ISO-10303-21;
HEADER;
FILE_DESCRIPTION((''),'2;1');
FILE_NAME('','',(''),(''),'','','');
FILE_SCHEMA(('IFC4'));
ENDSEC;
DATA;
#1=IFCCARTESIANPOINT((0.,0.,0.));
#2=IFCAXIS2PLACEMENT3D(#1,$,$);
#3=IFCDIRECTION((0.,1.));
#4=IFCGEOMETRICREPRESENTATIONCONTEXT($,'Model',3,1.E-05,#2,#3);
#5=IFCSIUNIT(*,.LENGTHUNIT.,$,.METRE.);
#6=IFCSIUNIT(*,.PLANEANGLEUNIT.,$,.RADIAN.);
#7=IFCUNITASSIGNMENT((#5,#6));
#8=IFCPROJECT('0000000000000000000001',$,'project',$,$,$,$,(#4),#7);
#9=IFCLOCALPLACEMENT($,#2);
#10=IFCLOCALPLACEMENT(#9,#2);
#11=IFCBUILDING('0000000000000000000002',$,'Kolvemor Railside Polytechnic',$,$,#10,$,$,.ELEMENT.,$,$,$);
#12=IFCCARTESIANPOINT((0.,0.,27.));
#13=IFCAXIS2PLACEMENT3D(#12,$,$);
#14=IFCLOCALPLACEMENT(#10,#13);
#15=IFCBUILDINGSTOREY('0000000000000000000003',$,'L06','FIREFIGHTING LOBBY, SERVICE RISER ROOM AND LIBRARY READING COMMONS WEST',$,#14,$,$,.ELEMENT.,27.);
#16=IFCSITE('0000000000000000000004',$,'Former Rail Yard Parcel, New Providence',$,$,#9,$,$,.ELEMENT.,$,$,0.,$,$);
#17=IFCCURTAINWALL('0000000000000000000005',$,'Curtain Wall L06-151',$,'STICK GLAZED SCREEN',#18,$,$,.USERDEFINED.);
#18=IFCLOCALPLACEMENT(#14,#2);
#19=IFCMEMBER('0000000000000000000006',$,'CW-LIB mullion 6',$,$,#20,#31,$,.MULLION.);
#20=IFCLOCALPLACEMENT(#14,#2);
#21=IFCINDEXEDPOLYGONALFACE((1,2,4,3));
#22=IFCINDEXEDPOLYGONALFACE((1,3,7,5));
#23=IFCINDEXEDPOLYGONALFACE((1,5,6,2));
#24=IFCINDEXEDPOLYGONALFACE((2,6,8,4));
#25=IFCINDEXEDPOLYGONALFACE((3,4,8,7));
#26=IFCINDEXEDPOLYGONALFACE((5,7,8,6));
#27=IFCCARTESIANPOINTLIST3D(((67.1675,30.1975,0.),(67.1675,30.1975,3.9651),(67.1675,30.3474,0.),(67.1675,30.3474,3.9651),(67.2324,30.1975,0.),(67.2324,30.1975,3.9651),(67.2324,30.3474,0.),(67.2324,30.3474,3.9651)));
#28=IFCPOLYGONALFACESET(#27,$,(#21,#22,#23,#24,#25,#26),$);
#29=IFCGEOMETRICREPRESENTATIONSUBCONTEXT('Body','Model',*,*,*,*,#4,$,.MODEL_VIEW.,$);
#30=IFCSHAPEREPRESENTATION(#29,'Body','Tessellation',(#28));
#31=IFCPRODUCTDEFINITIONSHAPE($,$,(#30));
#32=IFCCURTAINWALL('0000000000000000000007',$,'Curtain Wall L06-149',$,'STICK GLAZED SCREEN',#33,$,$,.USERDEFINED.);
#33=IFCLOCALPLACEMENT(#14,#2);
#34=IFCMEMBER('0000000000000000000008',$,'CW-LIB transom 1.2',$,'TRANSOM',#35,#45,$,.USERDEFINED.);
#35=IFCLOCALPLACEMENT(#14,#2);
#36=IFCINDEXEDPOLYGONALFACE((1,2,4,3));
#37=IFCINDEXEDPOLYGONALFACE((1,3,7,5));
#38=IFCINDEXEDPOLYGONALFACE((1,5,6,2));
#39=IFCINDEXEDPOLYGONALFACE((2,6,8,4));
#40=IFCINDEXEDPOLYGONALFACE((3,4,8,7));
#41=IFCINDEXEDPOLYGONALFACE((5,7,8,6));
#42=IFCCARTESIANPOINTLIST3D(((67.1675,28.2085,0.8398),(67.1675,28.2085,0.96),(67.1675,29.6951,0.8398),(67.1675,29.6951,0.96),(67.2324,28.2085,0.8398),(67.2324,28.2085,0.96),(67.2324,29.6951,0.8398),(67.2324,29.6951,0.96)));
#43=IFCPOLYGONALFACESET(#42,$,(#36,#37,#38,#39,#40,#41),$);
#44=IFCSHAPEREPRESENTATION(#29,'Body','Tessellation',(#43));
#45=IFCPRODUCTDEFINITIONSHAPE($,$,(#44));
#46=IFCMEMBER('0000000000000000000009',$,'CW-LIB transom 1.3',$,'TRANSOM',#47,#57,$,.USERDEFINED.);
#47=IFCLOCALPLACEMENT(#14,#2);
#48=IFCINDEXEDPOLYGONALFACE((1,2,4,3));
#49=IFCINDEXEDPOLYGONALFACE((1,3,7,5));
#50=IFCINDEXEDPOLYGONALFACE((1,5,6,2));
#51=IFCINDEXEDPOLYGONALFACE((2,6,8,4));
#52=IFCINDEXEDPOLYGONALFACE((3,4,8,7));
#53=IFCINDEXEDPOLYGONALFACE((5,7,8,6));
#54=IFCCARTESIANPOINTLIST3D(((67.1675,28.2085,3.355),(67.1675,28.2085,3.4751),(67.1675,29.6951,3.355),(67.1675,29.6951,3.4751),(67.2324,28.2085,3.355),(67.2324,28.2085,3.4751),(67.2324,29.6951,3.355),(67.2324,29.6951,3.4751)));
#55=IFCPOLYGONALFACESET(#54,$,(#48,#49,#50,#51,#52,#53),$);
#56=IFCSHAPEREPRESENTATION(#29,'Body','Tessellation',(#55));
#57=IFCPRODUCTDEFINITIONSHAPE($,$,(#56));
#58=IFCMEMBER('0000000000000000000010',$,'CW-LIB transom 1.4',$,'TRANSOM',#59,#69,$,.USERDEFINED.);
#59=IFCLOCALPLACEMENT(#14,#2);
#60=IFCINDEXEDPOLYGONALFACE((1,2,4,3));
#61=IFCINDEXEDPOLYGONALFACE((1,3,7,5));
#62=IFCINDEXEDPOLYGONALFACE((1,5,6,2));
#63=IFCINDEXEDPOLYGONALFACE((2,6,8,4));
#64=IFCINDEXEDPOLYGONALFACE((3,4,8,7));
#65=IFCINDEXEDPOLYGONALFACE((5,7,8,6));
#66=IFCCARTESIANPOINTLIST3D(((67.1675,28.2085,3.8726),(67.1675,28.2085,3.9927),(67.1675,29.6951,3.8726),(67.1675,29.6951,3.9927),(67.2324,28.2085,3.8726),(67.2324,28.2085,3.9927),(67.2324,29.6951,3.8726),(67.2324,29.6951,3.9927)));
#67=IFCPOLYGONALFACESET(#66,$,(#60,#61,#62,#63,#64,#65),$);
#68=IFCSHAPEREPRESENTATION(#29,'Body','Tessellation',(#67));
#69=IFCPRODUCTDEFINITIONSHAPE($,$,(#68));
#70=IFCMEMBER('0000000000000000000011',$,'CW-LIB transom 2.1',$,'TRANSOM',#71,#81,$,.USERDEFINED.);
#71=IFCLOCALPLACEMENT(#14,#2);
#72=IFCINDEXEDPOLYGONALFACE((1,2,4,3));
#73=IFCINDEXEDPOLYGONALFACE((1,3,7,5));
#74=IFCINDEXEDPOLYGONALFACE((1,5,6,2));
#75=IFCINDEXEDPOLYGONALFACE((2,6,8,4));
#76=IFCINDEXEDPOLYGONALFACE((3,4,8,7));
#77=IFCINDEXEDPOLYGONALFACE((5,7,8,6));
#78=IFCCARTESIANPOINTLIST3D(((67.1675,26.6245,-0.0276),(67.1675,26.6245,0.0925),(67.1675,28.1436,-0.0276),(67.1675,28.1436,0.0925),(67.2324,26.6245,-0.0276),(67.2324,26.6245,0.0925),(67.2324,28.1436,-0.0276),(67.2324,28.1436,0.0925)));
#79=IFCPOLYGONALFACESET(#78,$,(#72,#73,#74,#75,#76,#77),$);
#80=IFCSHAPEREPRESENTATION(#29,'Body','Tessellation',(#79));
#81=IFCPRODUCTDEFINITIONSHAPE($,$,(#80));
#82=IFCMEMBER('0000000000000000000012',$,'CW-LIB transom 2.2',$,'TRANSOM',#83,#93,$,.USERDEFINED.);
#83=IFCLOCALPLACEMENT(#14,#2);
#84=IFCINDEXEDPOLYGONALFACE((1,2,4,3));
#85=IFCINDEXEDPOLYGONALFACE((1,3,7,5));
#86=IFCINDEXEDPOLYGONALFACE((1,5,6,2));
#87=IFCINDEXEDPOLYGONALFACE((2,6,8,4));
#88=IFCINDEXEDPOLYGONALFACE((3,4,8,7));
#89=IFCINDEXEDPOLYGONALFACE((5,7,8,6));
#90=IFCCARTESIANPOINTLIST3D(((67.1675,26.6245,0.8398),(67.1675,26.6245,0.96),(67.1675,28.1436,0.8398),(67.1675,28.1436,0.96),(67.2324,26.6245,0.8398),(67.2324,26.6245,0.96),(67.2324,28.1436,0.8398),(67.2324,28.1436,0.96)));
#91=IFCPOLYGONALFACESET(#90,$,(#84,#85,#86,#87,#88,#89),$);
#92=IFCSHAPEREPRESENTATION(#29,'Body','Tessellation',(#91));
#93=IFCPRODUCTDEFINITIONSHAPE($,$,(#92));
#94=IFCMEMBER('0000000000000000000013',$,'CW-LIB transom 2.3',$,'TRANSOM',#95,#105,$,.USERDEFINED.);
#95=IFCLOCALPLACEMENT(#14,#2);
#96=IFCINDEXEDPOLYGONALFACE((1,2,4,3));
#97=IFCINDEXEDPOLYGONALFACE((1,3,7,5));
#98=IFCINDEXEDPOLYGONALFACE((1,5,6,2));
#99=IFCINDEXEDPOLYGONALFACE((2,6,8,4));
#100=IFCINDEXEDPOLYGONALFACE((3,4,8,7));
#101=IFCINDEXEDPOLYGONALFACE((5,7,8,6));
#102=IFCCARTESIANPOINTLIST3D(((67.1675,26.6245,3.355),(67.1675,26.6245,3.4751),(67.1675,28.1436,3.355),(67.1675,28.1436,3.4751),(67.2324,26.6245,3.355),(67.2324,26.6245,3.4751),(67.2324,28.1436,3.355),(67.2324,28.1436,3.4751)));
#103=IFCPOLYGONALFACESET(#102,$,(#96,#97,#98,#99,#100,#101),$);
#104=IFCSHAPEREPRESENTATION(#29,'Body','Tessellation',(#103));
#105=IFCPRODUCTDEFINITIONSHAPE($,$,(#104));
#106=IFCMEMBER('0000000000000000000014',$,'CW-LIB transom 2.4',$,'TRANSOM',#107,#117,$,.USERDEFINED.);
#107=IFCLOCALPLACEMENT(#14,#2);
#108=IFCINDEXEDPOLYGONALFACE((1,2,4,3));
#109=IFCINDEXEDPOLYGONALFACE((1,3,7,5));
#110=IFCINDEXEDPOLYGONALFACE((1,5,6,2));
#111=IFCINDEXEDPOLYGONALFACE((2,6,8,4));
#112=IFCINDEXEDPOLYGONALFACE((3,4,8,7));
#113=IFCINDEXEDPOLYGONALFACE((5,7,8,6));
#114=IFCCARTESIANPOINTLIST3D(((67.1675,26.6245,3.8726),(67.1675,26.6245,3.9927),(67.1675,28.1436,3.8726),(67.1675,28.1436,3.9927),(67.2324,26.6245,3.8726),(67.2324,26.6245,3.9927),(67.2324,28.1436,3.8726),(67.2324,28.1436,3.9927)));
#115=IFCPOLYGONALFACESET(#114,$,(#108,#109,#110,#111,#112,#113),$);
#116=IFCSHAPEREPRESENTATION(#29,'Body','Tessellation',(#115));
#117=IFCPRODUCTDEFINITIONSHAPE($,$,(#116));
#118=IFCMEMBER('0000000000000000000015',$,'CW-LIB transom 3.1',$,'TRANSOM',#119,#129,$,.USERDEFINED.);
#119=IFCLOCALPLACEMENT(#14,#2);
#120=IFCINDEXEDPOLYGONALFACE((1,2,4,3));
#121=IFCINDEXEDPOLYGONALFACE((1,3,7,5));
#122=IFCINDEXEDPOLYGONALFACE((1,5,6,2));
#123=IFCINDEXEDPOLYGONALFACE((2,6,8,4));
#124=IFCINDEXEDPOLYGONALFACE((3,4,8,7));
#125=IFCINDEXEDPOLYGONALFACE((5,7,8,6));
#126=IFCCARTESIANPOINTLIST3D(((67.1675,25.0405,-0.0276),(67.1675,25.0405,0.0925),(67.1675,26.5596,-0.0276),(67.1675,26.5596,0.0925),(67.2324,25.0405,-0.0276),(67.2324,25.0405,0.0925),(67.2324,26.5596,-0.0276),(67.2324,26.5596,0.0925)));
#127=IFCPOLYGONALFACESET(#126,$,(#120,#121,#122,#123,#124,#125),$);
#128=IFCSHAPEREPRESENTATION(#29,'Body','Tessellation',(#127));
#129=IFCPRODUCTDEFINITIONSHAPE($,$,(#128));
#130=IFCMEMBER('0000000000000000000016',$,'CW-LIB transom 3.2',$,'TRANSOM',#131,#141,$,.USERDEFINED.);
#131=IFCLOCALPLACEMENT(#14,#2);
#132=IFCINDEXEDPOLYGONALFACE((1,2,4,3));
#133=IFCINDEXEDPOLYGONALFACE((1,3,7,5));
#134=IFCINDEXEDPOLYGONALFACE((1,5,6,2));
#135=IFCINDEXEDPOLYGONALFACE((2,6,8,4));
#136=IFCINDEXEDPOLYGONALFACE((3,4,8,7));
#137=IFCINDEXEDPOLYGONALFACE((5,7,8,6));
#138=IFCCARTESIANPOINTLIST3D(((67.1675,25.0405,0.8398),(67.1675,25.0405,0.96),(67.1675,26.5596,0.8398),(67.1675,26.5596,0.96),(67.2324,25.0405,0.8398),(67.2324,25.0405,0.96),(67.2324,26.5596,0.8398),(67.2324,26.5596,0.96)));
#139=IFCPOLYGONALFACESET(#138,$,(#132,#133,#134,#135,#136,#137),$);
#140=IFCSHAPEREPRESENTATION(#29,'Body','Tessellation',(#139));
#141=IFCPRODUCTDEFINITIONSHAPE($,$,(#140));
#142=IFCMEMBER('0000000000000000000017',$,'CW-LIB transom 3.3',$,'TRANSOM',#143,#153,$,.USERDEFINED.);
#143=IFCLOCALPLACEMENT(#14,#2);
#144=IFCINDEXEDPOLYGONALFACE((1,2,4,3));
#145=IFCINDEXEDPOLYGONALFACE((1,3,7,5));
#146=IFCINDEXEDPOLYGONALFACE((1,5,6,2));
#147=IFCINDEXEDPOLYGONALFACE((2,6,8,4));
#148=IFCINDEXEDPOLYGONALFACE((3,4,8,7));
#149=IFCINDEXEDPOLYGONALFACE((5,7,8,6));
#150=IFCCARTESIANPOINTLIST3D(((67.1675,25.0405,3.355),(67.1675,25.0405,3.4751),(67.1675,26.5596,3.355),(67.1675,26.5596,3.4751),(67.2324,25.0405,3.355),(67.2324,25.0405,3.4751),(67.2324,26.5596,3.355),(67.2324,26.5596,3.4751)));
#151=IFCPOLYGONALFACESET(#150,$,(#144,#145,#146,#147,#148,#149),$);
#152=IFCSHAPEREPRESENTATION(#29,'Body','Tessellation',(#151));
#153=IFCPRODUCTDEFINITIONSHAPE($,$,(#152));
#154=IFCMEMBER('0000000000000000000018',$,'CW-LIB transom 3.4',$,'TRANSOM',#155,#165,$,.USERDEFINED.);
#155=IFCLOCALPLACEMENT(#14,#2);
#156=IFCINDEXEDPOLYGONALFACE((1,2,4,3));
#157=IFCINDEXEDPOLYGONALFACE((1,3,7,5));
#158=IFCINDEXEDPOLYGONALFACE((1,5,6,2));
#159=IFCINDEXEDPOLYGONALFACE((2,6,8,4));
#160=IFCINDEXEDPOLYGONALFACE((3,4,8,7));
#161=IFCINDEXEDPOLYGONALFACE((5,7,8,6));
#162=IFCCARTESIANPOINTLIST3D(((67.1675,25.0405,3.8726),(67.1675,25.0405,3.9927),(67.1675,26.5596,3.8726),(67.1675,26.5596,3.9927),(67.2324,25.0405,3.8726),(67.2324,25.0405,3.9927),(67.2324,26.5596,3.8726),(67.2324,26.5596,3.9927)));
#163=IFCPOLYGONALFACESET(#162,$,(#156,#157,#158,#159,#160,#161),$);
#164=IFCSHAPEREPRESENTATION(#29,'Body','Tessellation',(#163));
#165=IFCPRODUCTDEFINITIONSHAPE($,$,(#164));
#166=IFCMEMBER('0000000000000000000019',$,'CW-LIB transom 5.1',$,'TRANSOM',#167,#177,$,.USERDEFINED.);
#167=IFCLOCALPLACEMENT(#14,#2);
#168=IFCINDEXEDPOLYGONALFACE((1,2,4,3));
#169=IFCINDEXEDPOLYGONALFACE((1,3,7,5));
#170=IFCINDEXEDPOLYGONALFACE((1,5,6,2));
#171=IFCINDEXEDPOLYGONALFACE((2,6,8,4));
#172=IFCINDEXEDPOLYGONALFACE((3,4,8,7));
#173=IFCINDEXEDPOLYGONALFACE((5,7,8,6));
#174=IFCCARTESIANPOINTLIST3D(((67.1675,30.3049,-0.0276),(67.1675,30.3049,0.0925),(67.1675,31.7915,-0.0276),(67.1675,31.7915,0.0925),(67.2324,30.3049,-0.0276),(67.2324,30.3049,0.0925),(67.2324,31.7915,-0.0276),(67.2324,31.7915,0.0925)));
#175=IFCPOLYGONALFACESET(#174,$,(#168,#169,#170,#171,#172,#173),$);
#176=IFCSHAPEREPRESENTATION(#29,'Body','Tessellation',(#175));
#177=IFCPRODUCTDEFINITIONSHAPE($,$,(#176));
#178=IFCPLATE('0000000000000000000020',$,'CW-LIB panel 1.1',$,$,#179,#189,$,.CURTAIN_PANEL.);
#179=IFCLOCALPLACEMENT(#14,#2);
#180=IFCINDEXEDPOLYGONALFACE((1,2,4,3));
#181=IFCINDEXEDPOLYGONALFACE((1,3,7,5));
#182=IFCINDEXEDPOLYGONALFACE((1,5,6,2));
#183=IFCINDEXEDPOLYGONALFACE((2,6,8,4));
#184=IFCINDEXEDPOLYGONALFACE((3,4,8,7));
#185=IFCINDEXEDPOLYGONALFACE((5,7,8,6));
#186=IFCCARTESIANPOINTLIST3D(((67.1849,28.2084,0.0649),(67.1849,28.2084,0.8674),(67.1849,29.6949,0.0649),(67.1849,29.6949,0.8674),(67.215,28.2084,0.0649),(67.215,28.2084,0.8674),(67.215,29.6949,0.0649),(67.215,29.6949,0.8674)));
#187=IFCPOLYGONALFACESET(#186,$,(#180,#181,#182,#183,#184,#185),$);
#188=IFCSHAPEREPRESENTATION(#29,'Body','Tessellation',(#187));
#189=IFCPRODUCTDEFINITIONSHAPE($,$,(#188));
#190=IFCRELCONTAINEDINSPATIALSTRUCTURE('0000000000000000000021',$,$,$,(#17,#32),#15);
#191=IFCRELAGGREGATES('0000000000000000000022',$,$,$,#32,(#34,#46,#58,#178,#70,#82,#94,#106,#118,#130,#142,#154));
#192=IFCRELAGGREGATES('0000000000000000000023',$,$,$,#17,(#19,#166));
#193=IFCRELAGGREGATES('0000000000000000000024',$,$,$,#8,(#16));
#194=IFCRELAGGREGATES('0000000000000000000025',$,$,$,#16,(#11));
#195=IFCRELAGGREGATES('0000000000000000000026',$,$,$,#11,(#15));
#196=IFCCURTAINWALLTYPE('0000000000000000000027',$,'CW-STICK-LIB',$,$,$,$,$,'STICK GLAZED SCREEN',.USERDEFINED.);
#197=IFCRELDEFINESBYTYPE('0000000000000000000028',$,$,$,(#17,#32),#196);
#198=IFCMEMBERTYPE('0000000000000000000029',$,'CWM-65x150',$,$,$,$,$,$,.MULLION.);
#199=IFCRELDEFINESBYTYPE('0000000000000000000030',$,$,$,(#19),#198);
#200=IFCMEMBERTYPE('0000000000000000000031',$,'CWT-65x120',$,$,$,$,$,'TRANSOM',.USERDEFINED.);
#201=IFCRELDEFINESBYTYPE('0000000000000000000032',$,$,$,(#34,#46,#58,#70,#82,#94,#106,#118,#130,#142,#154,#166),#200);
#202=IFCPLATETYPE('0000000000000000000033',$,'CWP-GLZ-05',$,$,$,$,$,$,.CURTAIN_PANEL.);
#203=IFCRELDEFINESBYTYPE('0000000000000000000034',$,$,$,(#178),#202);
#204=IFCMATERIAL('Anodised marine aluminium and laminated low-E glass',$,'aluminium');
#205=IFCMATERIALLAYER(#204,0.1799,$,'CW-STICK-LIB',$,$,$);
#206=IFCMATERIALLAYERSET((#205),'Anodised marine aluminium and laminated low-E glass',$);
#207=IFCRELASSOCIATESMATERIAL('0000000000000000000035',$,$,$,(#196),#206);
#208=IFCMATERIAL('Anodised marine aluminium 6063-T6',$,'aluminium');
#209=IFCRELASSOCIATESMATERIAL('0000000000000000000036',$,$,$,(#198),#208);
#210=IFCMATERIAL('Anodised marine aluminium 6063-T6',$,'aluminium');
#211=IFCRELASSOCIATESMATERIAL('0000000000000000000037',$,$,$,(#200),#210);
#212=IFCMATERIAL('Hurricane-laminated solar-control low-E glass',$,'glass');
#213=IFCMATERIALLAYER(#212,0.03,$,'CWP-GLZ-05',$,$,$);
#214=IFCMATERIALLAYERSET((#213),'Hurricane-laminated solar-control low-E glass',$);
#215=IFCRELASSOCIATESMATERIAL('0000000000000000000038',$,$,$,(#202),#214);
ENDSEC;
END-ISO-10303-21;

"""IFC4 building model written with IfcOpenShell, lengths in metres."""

from ifc_helpers import new_model, si_unit, direction, frame, origin, origin_2d, place, context, subcontext, project, spatial, rectangle, extrude, material, layer, layer_set, material_profile, profile_set, type_object, element, aggregate, save


model = new_model("IFC4")

# Units and contexts
model_context = context("Model", 3, precision=1e-05, world=origin(), true_north=direction((0.0, 1.0)))
body_context = subcontext(model_context, "Body", "Model", "MODEL_VIEW")
ifc_project = project(units=[si_unit("LENGTHUNIT", "METRE"), si_unit("PLANEANGLEUNIT", "RADIAN")], contexts=[model_context])

# Site, building, storey
site_placement = place(None, origin())
site = spatial("IfcSite", under=ifc_project, at=site_placement, Name="Former Rail Yard Parcel, New Providence", CompositionType="ELEMENT", RefElevation=0.0)
building_placement = place(site_placement, origin())
building = spatial("IfcBuilding", under=site, at=building_placement, Name="Kolvemor Railside Polytechnic", CompositionType="ELEMENT")
storey_placement = place(building_placement, frame((0.0, 0.0, 27.0)))
storey = spatial("IfcBuildingStorey", under=building, at=storey_placement, Name="L06", Description="FIREFIGHTING LOBBY, SERVICE RISER ROOM AND LIBRARY READING COMMONS WEST", CompositionType="ELEMENT", Elevation=27.0)

# Curtain wall, member
ifc_material_1 = material(Name="Anodised marine aluminium and laminated low-E glass", Category="aluminium")
ifc_layer_1 = layer(ifc_material_1, 0.1799, Name="CW-STICK-LIB")
ifc_layer_set_1 = layer_set([ifc_layer_1], Name="Anodised marine aluminium and laminated low-E glass")
curtain_wall_type = type_object("IfcCurtainWallType", Name="CW-STICK-LIB", ElementType="STICK GLAZED SCREEN", PredefinedType="USERDEFINED", material=ifc_layer_set_1)
curtain_wall_1_placement = place(storey_placement, origin())
curtain_wall_1 = element("IfcCurtainWall", 1, at=curtain_wall_1_placement, inside=storey, type_object=curtain_wall_type, Name="Curtain Wall L06-151", ObjectType="STICK GLAZED SCREEN", PredefinedType="USERDEFINED")
ifc_material_2 = material(Name="Anodised marine aluminium 6063-T6", Category="aluminium")
ifc_material_profile_1 = material_profile(ifc_material_2, rectangle(XDim=0.0649, YDim=0.1499, at=origin_2d()), Name="CW-MUL-65x150")
ifc_profile_set_1 = profile_set([ifc_material_profile_1], Name="Anodised marine aluminium 6063-T6")
member_type_1 = type_object("IfcMemberType", Name="CWM-65x150", PredefinedType="MULLION", material=ifc_profile_set_1)
member_1_placement = place(storey_placement, frame((67.2, 30.2725, 0.0), z_axis=(0.0, 0.0, 1.0), x_axis=(1.0, 0.0, 0.0)))
member_1 = element("IfcMember", 2, at=member_1_placement, type_object=member_type_1, Name="CW-LIB mullion 6", PredefinedType="MULLION", context=body_context, shape_type="SweptSolid", body=[
    extrude(rectangle(XDim=0.0649, YDim=0.1499, at=origin_2d()), origin(), (0.0, 0.0, 1.0), 3.9651),
])

# Curtain wall, members
curtain_wall_2_placement = place(storey_placement, origin())
curtain_wall_2 = element("IfcCurtainWall", 3, at=curtain_wall_2_placement, inside=storey, type_object=curtain_wall_type, Name="Curtain Wall L06-149", ObjectType="STICK GLAZED SCREEN", PredefinedType="USERDEFINED")
ifc_material_3 = material(Name="Anodised marine aluminium 6063-T6", Category="aluminium")
ifc_material_profile_2 = material_profile(ifc_material_3, rectangle(XDim=0.0649, YDim=0.1201, at=origin_2d()), Name="CW-TRN-65x120")
ifc_profile_set_2 = profile_set([ifc_material_profile_2], Name="Anodised marine aluminium 6063-T6")
member_type_2 = type_object("IfcMemberType", Name="CWT-65x120", ElementType="TRANSOM", PredefinedType="USERDEFINED", material=ifc_profile_set_2)
member_2_placement = place(storey_placement, frame((67.2, 29.6951, 0.8999), z_axis=(0.0, -1.0, 0.0), x_axis=(1.0, 0.0, 0.0)))
member_2 = element("IfcMember", 4, at=member_2_placement, type_object=member_type_2, Name="CW-LIB transom 1.2", ObjectType="TRANSOM", PredefinedType="USERDEFINED", context=body_context, shape_type="SweptSolid", body=[
    extrude(rectangle(XDim=0.0649, YDim=0.1201, at=origin_2d()), origin(), (0.0, 0.0, 1.0), 1.4866),
])
member_3_placement = place(storey_placement, frame((67.2, 29.6951, 3.415), z_axis=(0.0, -1.0, 0.0), x_axis=(1.0, 0.0, 0.0)))
member_3 = element("IfcMember", 5, at=member_3_placement, type_object=member_type_2, Name="CW-LIB transom 1.3", ObjectType="TRANSOM", PredefinedType="USERDEFINED", context=body_context, shape_type="SweptSolid", body=[
    extrude(rectangle(XDim=0.0649, YDim=0.1201, at=origin_2d()), origin(), (0.0, 0.0, 1.0), 1.4866),
])
member_4_placement = place(storey_placement, frame((67.2, 29.6951, 3.9326), z_axis=(0.0, -1.0, 0.0), x_axis=(1.0, 0.0, 0.0)))
member_4 = element("IfcMember", 6, at=member_4_placement, type_object=member_type_2, Name="CW-LIB transom 1.4", ObjectType="TRANSOM", PredefinedType="USERDEFINED", context=body_context, shape_type="SweptSolid", body=[
    extrude(rectangle(XDim=0.0649, YDim=0.1201, at=origin_2d()), origin(), (0.0, 0.0, 1.0), 1.4866),
])
member_5_placement = place(storey_placement, frame((67.2, 28.1436, 0.0325), z_axis=(0.0, -1.0, 0.0), x_axis=(1.0, 0.0, 0.0)))
member_5 = element("IfcMember", 7, at=member_5_placement, type_object=member_type_2, Name="CW-LIB transom 2.1", ObjectType="TRANSOM", PredefinedType="USERDEFINED", context=body_context, shape_type="SweptSolid", body=[
    extrude(rectangle(XDim=0.0649, YDim=0.1201, at=origin_2d()), origin(), (0.0, 0.0, 1.0), 1.519),
])
member_6_placement = place(storey_placement, frame((67.2, 28.1436, 0.8999), z_axis=(0.0, -1.0, 0.0), x_axis=(1.0, 0.0, 0.0)))
member_6 = element("IfcMember", 8, at=member_6_placement, type_object=member_type_2, Name="CW-LIB transom 2.2", ObjectType="TRANSOM", PredefinedType="USERDEFINED", context=body_context, shape_type="SweptSolid", body=[
    extrude(rectangle(XDim=0.0649, YDim=0.1201, at=origin_2d()), origin(), (0.0, 0.0, 1.0), 1.519),
])
member_7_placement = place(storey_placement, frame((67.2, 28.1436, 3.415), z_axis=(0.0, -1.0, 0.0), x_axis=(1.0, 0.0, 0.0)))
member_7 = element("IfcMember", 9, at=member_7_placement, type_object=member_type_2, Name="CW-LIB transom 2.3", ObjectType="TRANSOM", PredefinedType="USERDEFINED", context=body_context, shape_type="SweptSolid", body=[
    extrude(rectangle(XDim=0.0649, YDim=0.1201, at=origin_2d()), origin(), (0.0, 0.0, 1.0), 1.519),
])
member_8_placement = place(storey_placement, frame((67.2, 28.1436, 3.9326), z_axis=(0.0, -1.0, 0.0), x_axis=(1.0, 0.0, 0.0)))
member_8 = element("IfcMember", 10, at=member_8_placement, type_object=member_type_2, Name="CW-LIB transom 2.4", ObjectType="TRANSOM", PredefinedType="USERDEFINED", context=body_context, shape_type="SweptSolid", body=[
    extrude(rectangle(XDim=0.0649, YDim=0.1201, at=origin_2d()), origin(), (0.0, 0.0, 1.0), 1.519),
])
member_9_placement = place(storey_placement, frame((67.2, 26.5596, 0.0325), z_axis=(0.0, -1.0, 0.0), x_axis=(1.0, 0.0, 0.0)))
member_9 = element("IfcMember", 11, at=member_9_placement, type_object=member_type_2, Name="CW-LIB transom 3.1", ObjectType="TRANSOM", PredefinedType="USERDEFINED", context=body_context, shape_type="SweptSolid", body=[
    extrude(rectangle(XDim=0.0649, YDim=0.1201, at=origin_2d()), origin(), (0.0, 0.0, 1.0), 1.519),
])
member_10_placement = place(storey_placement, frame((67.2, 26.5596, 0.8999), z_axis=(0.0, -1.0, 0.0), x_axis=(1.0, 0.0, 0.0)))
member_10 = element("IfcMember", 12, at=member_10_placement, type_object=member_type_2, Name="CW-LIB transom 3.2", ObjectType="TRANSOM", PredefinedType="USERDEFINED", context=body_context, shape_type="SweptSolid", body=[
    extrude(rectangle(XDim=0.0649, YDim=0.1201, at=origin_2d()), origin(), (0.0, 0.0, 1.0), 1.519),
])
member_11_placement = place(storey_placement, frame((67.2, 26.5596, 3.415), z_axis=(0.0, -1.0, 0.0), x_axis=(1.0, 0.0, 0.0)))
member_11 = element("IfcMember", 13, at=member_11_placement, type_object=member_type_2, Name="CW-LIB transom 3.3", ObjectType="TRANSOM", PredefinedType="USERDEFINED", context=body_context, shape_type="SweptSolid", body=[
    extrude(rectangle(XDim=0.0649, YDim=0.1201, at=origin_2d()), origin(), (0.0, 0.0, 1.0), 1.519),
])
member_12_placement = place(storey_placement, frame((67.2, 26.5596, 3.9326), z_axis=(0.0, -1.0, 0.0), x_axis=(1.0, 0.0, 0.0)))
member_12 = element("IfcMember", 14, at=member_12_placement, type_object=member_type_2, Name="CW-LIB transom 3.4", ObjectType="TRANSOM", PredefinedType="USERDEFINED", context=body_context, shape_type="SweptSolid", body=[
    extrude(rectangle(XDim=0.0649, YDim=0.1201, at=origin_2d()), origin(), (0.0, 0.0, 1.0), 1.519),
])

# Member
member_13_placement = place(storey_placement, frame((67.2, 31.7915, 0.0325), z_axis=(0.0, -1.0, 0.0), x_axis=(1.0, 0.0, 0.0)))
member_13 = element("IfcMember", 15, at=member_13_placement, type_object=member_type_2, Name="CW-LIB transom 5.1", ObjectType="TRANSOM", PredefinedType="USERDEFINED", context=body_context, shape_type="SweptSolid", body=[
    extrude(rectangle(XDim=0.0649, YDim=0.1201, at=origin_2d()), origin(), (0.0, 0.0, 1.0), 1.4866),
])

# Plate
ifc_material_4 = material(Name="Hurricane-laminated solar-control low-E glass", Category="glass")
ifc_layer_2 = layer(ifc_material_4, 0.03, Name="CWP-GLZ-05")
ifc_layer_set_2 = layer_set([ifc_layer_2], Name="Hurricane-laminated solar-control low-E glass")
plate_type_1 = type_object("IfcPlateType", Name="CWP-GLZ-05", PredefinedType="CURTAIN_PANEL", material=ifc_layer_set_2)
plate_1_placement = place(storey_placement, frame((67.2, 28.9517, 0.0649), z_axis=(0.0, 0.0, 1.0), x_axis=(0.0, -1.0, 0.0)))
plate_1 = element("IfcPlate", 16, at=plate_1_placement, type_object=plate_type_1, Name="CW-LIB panel 1.1", PredefinedType="CURTAIN_PANEL", context=body_context, shape_type="SweptSolid", body=[
    extrude(rectangle(XDim=1.4866, YDim=0.03, at=origin_2d()), origin(), (0.0, 0.0, 1.0), 0.8025),
])
aggregate(curtain_wall_2, [member_2, member_3, member_4, plate_1, member_5, member_6, member_7, member_8, member_9, member_10, member_11, member_12])
aggregate(curtain_wall_1, [member_1, member_13])

save(model, "model.ifc")
